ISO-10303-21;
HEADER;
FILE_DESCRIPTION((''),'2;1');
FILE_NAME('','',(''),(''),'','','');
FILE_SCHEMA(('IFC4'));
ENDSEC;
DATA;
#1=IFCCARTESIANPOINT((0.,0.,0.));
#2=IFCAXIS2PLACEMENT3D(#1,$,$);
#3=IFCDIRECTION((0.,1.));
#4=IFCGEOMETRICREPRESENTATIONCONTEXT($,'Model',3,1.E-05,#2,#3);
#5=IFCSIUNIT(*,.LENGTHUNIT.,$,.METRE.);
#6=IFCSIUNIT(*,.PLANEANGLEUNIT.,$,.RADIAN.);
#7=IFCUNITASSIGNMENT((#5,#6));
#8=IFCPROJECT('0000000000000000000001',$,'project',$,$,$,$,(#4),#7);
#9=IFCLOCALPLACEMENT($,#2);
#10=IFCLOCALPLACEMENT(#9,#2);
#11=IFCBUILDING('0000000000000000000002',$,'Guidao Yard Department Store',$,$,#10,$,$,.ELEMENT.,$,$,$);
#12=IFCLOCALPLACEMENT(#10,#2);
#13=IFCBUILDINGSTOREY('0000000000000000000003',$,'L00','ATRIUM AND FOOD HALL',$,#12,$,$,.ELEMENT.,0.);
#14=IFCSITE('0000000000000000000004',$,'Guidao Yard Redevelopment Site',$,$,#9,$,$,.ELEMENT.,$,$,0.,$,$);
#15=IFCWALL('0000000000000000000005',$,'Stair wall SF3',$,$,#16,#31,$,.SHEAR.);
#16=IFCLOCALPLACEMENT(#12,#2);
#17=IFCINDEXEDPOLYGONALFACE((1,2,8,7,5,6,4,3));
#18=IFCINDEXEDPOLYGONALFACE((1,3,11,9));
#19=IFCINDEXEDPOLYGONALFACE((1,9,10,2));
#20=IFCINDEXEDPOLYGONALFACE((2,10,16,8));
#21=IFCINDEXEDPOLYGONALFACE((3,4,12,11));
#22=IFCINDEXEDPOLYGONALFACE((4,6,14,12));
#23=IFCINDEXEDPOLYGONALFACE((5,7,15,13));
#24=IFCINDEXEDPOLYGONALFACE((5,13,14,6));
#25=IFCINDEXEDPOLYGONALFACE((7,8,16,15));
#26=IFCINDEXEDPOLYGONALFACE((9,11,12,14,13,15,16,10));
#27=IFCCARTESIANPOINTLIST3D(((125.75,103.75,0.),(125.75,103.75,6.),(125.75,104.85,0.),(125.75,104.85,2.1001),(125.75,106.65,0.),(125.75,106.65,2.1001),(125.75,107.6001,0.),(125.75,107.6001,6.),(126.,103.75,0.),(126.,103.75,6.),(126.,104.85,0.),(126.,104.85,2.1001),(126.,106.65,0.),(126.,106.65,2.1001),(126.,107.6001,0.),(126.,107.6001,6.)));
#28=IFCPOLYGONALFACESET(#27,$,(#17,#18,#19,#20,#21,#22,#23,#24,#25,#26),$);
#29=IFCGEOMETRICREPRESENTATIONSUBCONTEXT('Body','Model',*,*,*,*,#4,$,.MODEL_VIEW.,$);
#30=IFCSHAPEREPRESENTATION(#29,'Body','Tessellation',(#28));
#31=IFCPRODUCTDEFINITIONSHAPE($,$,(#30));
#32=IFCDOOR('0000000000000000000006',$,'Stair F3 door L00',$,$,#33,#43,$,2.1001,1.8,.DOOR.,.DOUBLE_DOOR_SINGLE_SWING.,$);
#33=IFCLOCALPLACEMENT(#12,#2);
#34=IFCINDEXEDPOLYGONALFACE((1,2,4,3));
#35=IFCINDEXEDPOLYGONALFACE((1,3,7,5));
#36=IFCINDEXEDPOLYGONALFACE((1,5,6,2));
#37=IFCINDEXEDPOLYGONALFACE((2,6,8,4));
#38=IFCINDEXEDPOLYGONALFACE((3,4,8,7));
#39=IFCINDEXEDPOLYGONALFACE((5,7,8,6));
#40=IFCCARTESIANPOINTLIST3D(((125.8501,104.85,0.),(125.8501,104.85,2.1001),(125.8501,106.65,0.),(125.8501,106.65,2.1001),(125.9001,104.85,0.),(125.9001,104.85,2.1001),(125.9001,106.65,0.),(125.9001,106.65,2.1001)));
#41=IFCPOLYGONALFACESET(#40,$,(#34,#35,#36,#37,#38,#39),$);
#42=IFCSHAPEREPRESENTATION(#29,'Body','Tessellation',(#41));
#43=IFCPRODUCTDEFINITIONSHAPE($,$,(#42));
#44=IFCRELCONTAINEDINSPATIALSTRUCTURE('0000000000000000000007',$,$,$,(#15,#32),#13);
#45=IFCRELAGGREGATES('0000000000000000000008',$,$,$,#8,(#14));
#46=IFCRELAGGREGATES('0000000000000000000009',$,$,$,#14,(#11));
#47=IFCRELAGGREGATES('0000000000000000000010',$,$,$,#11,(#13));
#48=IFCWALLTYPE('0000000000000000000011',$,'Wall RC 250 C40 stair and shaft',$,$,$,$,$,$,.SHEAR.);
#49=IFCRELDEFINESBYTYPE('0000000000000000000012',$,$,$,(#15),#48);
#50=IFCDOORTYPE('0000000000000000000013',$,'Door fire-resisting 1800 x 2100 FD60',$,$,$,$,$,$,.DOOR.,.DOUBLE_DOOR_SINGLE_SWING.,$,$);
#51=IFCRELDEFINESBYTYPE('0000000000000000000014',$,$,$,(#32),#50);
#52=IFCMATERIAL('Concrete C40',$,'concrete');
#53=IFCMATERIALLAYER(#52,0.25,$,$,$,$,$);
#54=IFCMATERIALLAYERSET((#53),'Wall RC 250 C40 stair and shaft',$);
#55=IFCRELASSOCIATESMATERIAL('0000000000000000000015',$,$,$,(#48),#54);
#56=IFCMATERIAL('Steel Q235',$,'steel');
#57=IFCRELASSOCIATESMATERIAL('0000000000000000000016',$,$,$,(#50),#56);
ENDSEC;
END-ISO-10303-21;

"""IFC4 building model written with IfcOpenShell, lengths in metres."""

from ifc_helpers import new_model, si_unit, direction, frame, frame_2d, origin, place, context, subcontext, project, spatial, rectangle, extrude, material, layer, layer_set, type_object, element, fill, save


model = new_model("IFC4")

# Units and contexts
model_context = context("Model", 3, precision=1e-05, world=origin(), true_north=direction((0.0, 1.0)))
body_context = subcontext(model_context, "Body", "Model", "MODEL_VIEW")
ifc_project = project(units=[si_unit("LENGTHUNIT", "METRE"), si_unit("PLANEANGLEUNIT", "RADIAN")], contexts=[model_context])

# Site, building, storey
site_placement = place(None, origin())
site = spatial("IfcSite", under=ifc_project, at=site_placement, Name="Guidao Yard Redevelopment Site", CompositionType="ELEMENT", RefElevation=0.0)
building_placement = place(site_placement, origin())
building = spatial("IfcBuilding", under=site, at=building_placement, Name="Guidao Yard Department Store", CompositionType="ELEMENT")
storey_placement = place(building_placement, origin())
storey = spatial("IfcBuildingStorey", under=building, at=storey_placement, Name="L00", Description="ATRIUM AND FOOD HALL", CompositionType="ELEMENT", Elevation=0.0)

# Shared definitions
ifc_material_1 = material(Name="Concrete C40", Category="concrete")
ifc_layer_1 = layer(ifc_material_1, 0.25)
ifc_layer_set_1 = layer_set([ifc_layer_1], Name="Wall RC 250 C40 stair and shaft")
wall_type_1 = type_object("IfcWallType", Name="Wall RC 250 C40 stair and shaft", PredefinedType="SHEAR", material=ifc_layer_set_1)

# Wall, opening, door
wall_1_placement = place(storey_placement, frame((125.875, 103.75, 0.0), z_axis=(0.0, 0.0, 1.0), x_axis=(0.0, 1.0, 0.0)))
wall_1 = element("IfcWall", 1, at=wall_1_placement, inside=storey, type_object=wall_type_1, Name="Stair wall SF3", PredefinedType="SHEAR", context=body_context, shape_type="SweptSolid", body=[
    extrude(rectangle(XDim=3.8501, YDim=0.25, at=frame_2d((1.925, 0.0))), origin(), (0.0, 0.0, 1.0), 6.0),
])
opening_1_placement = place(wall_1_placement, frame((1.1001, 0.0, 0.0)))
opening_1 = element("IfcOpeningElement", 2, at=opening_1_placement, cuts=wall_1, PredefinedType="OPENING", context=body_context, shape_type="SweptSolid", body=[
    extrude(rectangle(XDim=1.8, YDim=2.1001, at=frame_2d((0.8999, 1.05))), frame((0.0, 0.135, 0.0), z_axis=(0.0, -1.0, 0.0), x_axis=(1.0, 0.0, 0.0)), (0.0, 0.0, 1.0), 0.27),
])
ifc_material_2 = material(Name="Steel Q235", Category="steel")
door_type_1 = type_object("IfcDoorType", Name="Door fire-resisting 1800 x 2100 FD60", OperationType="DOUBLE_DOOR_SINGLE_SWING", PredefinedType="DOOR", material=ifc_material_2)
door_1_placement = place(opening_1_placement, origin())
door_1 = element("IfcDoor", 3, at=door_1_placement, inside=storey, type_object=door_type_1, Name="Stair F3 door L00", OperationType="DOUBLE_DOOR_SINGLE_SWING", OverallHeight=2.1001, OverallWidth=1.8, PredefinedType="DOOR", context=body_context, shape_type="SweptSolid", body=[
    extrude(rectangle(XDim=1.8, YDim=2.1001, at=frame_2d((0.8999, 1.05))), frame((0.0, 0.0249, 0.0), z_axis=(0.0, -1.0, 0.0), x_axis=(1.0, 0.0, 0.0)), (0.0, 0.0, 1.0), 0.05),
])
fill(opening_1, door_1)

save(model, "model.ifc")
